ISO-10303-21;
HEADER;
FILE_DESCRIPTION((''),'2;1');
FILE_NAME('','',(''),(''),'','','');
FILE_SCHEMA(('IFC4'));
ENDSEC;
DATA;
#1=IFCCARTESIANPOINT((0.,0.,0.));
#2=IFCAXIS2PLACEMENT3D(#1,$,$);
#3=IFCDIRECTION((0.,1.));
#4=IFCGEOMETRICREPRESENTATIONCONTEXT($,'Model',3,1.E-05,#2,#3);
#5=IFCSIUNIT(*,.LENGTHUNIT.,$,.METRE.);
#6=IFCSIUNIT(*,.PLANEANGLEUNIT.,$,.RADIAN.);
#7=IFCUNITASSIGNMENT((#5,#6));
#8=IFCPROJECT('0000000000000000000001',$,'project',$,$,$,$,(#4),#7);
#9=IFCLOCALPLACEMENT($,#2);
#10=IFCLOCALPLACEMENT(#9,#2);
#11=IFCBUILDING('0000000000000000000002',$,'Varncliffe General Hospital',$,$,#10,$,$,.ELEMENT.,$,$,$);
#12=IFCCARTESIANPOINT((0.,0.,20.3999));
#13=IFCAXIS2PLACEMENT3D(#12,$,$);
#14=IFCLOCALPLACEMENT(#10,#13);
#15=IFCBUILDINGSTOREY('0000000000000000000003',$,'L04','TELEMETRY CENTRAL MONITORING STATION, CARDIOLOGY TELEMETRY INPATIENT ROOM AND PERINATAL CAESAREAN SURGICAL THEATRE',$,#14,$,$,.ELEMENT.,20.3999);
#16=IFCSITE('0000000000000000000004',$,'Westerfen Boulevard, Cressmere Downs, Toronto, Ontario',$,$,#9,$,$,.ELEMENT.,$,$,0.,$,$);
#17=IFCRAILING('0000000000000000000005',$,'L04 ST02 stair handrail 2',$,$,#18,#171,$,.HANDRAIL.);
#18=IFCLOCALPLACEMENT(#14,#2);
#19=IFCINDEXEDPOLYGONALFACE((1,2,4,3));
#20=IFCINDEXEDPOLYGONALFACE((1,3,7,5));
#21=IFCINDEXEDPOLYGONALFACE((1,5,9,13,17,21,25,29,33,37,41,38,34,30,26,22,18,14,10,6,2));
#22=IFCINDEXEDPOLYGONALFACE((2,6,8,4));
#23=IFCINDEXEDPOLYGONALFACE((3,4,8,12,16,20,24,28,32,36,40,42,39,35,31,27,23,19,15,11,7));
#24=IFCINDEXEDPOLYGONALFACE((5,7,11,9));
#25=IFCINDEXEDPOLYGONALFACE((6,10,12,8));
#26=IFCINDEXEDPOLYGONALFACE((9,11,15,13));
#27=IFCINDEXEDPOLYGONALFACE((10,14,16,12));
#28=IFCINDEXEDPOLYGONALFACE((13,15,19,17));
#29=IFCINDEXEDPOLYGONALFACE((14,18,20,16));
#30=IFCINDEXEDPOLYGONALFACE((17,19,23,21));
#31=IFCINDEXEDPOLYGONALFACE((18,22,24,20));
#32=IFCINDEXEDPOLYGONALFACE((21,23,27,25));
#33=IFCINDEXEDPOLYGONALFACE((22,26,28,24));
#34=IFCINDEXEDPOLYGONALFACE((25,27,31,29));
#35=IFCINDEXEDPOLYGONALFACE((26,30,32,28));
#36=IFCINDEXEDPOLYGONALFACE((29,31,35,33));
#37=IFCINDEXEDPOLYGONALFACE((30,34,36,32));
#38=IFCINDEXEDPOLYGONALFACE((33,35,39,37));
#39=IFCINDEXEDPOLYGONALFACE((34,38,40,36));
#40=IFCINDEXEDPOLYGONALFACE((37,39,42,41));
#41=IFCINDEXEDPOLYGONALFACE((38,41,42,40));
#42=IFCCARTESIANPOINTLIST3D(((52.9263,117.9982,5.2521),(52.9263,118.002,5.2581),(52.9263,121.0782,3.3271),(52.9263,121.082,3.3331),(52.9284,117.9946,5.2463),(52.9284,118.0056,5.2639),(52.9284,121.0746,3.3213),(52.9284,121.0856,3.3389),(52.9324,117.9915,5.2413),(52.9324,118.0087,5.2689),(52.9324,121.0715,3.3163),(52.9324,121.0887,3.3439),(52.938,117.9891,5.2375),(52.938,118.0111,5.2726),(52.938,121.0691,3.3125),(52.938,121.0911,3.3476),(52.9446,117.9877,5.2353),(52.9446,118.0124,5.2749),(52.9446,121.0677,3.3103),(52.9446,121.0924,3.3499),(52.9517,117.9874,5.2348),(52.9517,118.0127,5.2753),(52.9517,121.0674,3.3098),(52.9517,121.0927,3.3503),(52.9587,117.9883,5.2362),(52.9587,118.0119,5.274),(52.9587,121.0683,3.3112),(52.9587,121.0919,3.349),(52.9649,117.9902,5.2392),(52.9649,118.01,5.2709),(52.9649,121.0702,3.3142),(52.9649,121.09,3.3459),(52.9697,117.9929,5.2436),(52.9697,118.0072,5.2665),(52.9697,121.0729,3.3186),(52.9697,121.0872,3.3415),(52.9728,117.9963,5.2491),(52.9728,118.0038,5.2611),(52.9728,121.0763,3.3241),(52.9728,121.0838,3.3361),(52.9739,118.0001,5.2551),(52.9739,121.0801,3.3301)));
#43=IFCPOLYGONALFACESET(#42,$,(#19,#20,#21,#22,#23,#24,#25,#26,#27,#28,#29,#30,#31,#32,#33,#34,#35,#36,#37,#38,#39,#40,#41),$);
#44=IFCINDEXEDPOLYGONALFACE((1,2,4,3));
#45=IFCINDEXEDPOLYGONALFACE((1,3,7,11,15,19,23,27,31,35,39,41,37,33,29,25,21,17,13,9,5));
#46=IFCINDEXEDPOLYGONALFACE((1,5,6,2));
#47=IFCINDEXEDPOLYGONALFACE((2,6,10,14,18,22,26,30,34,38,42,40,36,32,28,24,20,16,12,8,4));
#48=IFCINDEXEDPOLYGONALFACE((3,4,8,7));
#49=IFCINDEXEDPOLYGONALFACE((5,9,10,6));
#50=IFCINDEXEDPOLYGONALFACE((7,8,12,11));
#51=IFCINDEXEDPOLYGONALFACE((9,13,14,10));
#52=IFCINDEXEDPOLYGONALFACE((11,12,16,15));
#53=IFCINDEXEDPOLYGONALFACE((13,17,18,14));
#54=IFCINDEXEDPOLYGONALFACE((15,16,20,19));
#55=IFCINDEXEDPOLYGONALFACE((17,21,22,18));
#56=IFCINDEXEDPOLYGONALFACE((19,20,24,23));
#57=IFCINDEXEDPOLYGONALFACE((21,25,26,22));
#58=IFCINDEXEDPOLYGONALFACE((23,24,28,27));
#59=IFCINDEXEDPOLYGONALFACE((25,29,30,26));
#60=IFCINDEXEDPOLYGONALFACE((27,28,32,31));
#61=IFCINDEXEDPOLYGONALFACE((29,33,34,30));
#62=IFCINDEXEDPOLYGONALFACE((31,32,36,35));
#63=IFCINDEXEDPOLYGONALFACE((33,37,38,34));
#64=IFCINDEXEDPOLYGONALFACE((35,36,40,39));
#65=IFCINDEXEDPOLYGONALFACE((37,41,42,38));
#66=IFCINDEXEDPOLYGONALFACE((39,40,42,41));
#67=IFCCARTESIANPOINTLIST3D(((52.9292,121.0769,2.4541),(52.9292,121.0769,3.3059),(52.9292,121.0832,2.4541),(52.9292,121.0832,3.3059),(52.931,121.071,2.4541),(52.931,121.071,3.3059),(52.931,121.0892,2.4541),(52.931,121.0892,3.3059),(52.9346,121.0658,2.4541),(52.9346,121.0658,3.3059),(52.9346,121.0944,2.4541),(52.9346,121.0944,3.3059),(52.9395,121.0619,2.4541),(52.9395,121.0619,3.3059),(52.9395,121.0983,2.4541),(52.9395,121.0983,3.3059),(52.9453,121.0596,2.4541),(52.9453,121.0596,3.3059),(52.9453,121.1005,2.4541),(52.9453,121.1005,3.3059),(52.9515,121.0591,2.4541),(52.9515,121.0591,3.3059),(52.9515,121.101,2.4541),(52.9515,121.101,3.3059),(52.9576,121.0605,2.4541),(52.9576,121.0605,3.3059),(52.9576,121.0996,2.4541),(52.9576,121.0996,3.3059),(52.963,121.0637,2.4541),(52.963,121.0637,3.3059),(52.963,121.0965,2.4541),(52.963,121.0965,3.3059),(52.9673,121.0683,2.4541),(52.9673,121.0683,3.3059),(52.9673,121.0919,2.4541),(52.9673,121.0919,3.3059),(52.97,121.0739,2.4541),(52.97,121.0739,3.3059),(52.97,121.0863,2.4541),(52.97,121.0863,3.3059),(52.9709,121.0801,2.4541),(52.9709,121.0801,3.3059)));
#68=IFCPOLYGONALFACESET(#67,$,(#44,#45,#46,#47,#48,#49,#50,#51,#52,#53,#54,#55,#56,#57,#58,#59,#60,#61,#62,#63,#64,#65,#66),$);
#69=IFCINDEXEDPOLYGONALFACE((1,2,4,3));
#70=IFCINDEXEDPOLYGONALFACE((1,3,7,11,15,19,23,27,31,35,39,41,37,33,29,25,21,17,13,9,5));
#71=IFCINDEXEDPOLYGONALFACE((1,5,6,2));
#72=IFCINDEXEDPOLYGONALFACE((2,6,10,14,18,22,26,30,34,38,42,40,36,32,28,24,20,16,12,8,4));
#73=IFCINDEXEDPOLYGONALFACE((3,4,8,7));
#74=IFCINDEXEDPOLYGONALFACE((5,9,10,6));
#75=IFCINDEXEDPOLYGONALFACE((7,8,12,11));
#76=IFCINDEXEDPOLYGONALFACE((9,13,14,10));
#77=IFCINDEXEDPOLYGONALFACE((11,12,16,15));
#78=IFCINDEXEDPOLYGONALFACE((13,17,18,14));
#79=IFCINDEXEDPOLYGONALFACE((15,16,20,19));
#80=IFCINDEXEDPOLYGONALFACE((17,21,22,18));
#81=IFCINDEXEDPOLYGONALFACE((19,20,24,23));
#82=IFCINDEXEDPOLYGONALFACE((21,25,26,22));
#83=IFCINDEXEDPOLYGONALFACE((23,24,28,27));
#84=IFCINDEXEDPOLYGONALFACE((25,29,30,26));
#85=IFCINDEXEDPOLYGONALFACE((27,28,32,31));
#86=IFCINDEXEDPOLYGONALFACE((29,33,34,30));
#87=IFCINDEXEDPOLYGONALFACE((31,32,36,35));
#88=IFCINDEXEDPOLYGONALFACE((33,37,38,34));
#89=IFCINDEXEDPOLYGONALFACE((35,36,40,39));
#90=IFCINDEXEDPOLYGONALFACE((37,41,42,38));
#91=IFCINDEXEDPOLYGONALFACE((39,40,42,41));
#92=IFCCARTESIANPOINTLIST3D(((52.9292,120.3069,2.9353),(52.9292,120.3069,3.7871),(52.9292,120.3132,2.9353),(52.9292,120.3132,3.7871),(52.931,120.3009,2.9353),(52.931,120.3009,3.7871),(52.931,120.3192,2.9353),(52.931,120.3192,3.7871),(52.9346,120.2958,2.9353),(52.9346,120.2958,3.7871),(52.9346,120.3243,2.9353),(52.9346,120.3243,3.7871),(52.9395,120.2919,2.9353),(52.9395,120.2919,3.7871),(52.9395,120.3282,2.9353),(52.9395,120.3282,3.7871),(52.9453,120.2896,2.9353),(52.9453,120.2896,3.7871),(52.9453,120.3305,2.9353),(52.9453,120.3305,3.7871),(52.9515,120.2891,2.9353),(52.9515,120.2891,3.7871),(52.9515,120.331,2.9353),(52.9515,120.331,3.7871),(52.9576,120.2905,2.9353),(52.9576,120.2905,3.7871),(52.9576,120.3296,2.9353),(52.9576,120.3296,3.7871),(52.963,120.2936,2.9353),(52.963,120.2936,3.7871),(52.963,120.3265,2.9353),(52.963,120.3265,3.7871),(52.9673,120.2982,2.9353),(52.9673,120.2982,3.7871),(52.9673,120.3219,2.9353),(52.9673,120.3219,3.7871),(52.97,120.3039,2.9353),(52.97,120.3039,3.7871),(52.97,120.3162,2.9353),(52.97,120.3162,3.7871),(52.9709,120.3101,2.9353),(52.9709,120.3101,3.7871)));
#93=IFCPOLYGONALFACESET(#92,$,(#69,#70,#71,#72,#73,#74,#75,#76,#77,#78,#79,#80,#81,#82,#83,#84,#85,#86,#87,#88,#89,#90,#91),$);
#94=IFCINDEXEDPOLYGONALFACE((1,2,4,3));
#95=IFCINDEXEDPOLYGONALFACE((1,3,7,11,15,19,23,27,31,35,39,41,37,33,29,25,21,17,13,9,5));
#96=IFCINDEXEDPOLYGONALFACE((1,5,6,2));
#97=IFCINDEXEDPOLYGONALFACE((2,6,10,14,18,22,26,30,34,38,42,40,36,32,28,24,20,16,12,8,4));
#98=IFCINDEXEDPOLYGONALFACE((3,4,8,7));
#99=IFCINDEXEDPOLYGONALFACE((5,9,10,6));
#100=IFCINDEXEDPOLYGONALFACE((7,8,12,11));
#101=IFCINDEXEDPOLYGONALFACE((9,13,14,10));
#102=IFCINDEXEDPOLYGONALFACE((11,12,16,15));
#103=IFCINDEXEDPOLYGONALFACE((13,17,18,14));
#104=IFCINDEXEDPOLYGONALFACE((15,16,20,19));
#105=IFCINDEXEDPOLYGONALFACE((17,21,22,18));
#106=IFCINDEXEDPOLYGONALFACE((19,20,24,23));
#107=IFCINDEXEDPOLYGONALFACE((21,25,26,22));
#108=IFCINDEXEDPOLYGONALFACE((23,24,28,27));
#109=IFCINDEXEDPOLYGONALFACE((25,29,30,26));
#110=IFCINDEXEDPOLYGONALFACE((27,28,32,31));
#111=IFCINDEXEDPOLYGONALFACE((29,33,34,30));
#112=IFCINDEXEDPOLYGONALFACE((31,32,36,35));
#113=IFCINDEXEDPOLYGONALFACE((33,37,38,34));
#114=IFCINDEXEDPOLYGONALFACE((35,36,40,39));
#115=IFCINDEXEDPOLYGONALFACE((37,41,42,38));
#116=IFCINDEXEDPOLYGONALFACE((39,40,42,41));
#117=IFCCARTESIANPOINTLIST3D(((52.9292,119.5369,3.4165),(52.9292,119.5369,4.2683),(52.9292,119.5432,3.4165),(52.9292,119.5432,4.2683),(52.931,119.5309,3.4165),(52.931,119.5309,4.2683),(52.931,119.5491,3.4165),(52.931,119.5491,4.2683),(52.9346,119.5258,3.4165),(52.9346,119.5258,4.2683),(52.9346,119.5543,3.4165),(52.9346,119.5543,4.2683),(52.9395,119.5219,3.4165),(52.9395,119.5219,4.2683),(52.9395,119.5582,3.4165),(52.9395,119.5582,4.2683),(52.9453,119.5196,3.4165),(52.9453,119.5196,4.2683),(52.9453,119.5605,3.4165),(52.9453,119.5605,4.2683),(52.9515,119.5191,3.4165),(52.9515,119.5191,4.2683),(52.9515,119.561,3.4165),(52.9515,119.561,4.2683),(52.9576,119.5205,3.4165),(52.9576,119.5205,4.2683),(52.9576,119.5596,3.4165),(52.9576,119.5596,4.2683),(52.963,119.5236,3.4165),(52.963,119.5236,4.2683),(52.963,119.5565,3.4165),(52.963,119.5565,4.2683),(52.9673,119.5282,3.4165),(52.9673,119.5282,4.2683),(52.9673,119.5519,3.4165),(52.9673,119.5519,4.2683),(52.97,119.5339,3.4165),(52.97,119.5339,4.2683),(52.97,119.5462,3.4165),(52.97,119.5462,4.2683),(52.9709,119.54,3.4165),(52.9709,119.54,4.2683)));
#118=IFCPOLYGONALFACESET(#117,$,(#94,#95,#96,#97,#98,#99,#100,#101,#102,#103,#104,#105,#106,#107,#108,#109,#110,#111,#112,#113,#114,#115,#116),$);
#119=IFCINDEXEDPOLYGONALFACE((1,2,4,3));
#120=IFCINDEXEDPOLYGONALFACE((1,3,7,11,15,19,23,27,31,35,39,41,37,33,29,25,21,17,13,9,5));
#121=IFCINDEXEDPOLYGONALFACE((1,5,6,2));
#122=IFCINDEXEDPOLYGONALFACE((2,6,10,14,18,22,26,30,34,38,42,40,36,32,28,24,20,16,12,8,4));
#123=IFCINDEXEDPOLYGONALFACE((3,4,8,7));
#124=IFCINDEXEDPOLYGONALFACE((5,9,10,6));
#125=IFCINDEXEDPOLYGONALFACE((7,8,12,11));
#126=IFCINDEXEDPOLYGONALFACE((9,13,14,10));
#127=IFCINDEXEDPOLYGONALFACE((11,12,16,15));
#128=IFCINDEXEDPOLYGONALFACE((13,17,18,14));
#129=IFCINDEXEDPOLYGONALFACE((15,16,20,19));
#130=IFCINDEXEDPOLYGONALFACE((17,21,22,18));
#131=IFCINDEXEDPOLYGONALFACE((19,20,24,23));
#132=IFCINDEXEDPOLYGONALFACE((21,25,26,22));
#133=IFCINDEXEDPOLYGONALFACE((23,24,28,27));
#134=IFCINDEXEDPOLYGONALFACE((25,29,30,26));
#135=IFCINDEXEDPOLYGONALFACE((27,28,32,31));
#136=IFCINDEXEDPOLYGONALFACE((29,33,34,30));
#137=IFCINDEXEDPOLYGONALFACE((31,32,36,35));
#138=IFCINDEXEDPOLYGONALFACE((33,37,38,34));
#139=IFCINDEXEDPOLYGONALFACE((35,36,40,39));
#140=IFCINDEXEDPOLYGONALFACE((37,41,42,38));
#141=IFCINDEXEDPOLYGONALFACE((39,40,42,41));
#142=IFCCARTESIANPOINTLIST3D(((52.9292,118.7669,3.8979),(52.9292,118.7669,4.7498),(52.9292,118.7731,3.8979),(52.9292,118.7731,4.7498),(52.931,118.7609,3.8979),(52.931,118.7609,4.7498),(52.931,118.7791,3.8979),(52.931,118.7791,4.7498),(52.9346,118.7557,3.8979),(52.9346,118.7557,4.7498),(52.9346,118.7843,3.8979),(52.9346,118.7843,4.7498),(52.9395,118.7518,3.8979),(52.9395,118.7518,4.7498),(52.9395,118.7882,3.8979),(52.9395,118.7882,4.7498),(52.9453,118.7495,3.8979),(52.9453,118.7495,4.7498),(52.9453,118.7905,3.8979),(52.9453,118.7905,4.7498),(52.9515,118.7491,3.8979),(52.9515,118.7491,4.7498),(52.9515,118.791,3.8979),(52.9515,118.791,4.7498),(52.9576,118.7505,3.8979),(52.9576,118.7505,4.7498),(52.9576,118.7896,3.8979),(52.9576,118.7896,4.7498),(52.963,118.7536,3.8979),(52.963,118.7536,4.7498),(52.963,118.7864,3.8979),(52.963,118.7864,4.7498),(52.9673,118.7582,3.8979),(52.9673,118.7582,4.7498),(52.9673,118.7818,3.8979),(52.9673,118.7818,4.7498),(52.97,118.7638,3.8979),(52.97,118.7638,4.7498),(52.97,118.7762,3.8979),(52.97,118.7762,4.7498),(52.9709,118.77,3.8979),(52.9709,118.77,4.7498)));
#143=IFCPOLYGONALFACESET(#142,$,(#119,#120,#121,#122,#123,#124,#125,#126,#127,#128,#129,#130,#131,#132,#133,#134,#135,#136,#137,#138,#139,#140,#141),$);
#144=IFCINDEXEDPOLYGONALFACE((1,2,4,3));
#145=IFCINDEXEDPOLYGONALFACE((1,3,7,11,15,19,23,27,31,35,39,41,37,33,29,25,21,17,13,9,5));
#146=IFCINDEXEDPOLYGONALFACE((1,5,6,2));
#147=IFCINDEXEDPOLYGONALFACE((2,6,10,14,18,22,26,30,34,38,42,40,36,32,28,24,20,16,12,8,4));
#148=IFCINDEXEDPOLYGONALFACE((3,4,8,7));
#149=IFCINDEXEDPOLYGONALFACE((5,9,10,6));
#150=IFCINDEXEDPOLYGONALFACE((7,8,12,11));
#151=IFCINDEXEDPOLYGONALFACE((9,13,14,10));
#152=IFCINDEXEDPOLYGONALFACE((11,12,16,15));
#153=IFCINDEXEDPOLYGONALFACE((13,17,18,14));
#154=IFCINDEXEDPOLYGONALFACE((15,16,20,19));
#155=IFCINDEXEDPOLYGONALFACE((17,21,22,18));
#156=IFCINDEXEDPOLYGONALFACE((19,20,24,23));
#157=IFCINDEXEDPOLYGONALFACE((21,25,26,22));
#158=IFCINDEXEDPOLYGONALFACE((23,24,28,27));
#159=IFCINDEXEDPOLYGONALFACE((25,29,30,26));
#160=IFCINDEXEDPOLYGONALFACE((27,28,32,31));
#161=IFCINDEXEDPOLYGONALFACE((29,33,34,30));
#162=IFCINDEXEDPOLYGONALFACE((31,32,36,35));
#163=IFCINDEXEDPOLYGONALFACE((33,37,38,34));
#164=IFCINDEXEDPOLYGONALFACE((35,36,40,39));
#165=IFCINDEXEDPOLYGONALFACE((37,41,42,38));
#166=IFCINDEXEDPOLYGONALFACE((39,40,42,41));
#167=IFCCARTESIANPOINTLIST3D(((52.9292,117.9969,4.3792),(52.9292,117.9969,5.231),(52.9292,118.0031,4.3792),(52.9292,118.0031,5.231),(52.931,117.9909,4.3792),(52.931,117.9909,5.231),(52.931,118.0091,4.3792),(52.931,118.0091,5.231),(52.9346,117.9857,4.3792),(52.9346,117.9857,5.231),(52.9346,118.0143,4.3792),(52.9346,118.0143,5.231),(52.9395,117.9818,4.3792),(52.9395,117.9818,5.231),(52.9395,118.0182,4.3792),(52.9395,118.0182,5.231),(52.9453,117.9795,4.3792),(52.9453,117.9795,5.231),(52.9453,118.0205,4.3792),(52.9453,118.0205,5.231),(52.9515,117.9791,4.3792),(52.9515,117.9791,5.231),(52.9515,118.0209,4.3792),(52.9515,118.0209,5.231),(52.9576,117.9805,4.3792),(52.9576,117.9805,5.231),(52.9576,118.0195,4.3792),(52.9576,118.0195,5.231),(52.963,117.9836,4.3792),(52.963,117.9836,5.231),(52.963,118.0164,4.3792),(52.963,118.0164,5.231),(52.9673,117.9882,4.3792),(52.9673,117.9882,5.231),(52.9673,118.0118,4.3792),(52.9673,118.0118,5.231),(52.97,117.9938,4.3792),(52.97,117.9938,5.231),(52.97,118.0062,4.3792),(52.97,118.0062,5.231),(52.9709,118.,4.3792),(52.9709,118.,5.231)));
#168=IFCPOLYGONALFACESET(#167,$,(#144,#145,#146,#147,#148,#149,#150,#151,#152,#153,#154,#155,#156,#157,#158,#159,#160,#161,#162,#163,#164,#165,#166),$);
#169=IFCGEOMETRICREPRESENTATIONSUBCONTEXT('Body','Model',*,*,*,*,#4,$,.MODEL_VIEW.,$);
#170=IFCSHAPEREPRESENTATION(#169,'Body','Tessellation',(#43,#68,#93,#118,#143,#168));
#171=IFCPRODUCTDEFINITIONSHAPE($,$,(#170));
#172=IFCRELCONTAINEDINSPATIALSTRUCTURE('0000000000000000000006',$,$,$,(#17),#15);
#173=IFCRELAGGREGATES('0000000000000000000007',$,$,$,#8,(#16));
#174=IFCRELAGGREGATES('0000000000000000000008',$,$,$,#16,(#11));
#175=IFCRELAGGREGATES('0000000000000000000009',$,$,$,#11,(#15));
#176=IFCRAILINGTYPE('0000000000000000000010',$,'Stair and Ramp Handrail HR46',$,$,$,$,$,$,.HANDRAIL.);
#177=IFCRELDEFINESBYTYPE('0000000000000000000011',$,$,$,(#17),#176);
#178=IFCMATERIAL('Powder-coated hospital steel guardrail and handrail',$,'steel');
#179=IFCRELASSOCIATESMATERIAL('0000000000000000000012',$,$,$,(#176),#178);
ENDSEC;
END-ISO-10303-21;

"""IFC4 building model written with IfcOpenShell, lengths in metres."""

from ifc_helpers import new_model, si_unit, direction, frame, origin, origin_2d, place, context, subcontext, project, spatial, circle, extrude, material, type_object, element, save


model = new_model("IFC4")

# Units and contexts
model_context = context("Model", 3, precision=1e-05, world=origin(), true_north=direction((0.0, 1.0)))
body_context = subcontext(model_context, "Body", "Model", "MODEL_VIEW")
ifc_project = project(units=[si_unit("LENGTHUNIT", "METRE"), si_unit("PLANEANGLEUNIT", "RADIAN")], contexts=[model_context])

# Site, building, storey
site_placement = place(None, origin())
site = spatial("IfcSite", under=ifc_project, at=site_placement, Name="Westerfen Boulevard, Cressmere Downs, Toronto, Ontario", CompositionType="ELEMENT", RefElevation=0.0)
building_placement = place(site_placement, origin())
building = spatial("IfcBuilding", under=site, at=building_placement, Name="Varncliffe General Hospital", CompositionType="ELEMENT")
storey_placement = place(building_placement, frame((0.0, 0.0, 20.3999)))
storey = spatial("IfcBuildingStorey", under=building, at=storey_placement, Name="L04", Description="TELEMETRY CENTRAL MONITORING STATION, CARDIOLOGY TELEMETRY INPATIENT ROOM AND PERINATAL CAESAREAN SURGICAL THEATRE", CompositionType="ELEMENT", Elevation=20.3999)

# Railing
ifc_material_1 = material(Name="Powder-coated hospital steel guardrail and handrail", Category="steel")
railing_type_1 = type_object("IfcRailingType", Name="Stair and Ramp Handrail HR46", PredefinedType="HANDRAIL", material=ifc_material_1)
railing_1_placement = place(storey_placement, frame((52.95, 121.0801, 2.4541)))
element("IfcRailing", 1, at=railing_1_placement, inside=storey, type_object=railing_type_1, Name="L04 ST02 stair handrail 2", PredefinedType="HANDRAIL", context=body_context, shape_type="SweptSolid", body=[
    extrude(circle(Radius=0.0239, at=origin_2d()), frame((0.0, 0.0, 0.876), z_axis=(0.0, -0.847998, 0.529999), x_axis=(1.0, 0.0, 0.0)), (0.0, 0.0, 1.0), 3.6321),
    extrude(circle(Radius=0.021, at=origin_2d()), origin(), (0.0, 0.0, 1.0), 0.8518),
    extrude(circle(Radius=0.021, at=origin_2d()), frame((0.0, -0.77, 0.4812)), (0.0, 0.0, 1.0), 0.8518),
    extrude(circle(Radius=0.021, at=origin_2d()), frame((0.0, -1.54, 0.9624)), (0.0, 0.0, 1.0), 0.8518),
    extrude(circle(Radius=0.021, at=origin_2d()), frame((0.0, -2.3101, 1.4438)), (0.0, 0.0, 1.0), 0.8518),
    extrude(circle(Radius=0.021, at=origin_2d()), frame((0.0, -3.0801, 1.925)), (0.0, 0.0, 1.0), 0.8518),
])

save(model, "model.ifc")
